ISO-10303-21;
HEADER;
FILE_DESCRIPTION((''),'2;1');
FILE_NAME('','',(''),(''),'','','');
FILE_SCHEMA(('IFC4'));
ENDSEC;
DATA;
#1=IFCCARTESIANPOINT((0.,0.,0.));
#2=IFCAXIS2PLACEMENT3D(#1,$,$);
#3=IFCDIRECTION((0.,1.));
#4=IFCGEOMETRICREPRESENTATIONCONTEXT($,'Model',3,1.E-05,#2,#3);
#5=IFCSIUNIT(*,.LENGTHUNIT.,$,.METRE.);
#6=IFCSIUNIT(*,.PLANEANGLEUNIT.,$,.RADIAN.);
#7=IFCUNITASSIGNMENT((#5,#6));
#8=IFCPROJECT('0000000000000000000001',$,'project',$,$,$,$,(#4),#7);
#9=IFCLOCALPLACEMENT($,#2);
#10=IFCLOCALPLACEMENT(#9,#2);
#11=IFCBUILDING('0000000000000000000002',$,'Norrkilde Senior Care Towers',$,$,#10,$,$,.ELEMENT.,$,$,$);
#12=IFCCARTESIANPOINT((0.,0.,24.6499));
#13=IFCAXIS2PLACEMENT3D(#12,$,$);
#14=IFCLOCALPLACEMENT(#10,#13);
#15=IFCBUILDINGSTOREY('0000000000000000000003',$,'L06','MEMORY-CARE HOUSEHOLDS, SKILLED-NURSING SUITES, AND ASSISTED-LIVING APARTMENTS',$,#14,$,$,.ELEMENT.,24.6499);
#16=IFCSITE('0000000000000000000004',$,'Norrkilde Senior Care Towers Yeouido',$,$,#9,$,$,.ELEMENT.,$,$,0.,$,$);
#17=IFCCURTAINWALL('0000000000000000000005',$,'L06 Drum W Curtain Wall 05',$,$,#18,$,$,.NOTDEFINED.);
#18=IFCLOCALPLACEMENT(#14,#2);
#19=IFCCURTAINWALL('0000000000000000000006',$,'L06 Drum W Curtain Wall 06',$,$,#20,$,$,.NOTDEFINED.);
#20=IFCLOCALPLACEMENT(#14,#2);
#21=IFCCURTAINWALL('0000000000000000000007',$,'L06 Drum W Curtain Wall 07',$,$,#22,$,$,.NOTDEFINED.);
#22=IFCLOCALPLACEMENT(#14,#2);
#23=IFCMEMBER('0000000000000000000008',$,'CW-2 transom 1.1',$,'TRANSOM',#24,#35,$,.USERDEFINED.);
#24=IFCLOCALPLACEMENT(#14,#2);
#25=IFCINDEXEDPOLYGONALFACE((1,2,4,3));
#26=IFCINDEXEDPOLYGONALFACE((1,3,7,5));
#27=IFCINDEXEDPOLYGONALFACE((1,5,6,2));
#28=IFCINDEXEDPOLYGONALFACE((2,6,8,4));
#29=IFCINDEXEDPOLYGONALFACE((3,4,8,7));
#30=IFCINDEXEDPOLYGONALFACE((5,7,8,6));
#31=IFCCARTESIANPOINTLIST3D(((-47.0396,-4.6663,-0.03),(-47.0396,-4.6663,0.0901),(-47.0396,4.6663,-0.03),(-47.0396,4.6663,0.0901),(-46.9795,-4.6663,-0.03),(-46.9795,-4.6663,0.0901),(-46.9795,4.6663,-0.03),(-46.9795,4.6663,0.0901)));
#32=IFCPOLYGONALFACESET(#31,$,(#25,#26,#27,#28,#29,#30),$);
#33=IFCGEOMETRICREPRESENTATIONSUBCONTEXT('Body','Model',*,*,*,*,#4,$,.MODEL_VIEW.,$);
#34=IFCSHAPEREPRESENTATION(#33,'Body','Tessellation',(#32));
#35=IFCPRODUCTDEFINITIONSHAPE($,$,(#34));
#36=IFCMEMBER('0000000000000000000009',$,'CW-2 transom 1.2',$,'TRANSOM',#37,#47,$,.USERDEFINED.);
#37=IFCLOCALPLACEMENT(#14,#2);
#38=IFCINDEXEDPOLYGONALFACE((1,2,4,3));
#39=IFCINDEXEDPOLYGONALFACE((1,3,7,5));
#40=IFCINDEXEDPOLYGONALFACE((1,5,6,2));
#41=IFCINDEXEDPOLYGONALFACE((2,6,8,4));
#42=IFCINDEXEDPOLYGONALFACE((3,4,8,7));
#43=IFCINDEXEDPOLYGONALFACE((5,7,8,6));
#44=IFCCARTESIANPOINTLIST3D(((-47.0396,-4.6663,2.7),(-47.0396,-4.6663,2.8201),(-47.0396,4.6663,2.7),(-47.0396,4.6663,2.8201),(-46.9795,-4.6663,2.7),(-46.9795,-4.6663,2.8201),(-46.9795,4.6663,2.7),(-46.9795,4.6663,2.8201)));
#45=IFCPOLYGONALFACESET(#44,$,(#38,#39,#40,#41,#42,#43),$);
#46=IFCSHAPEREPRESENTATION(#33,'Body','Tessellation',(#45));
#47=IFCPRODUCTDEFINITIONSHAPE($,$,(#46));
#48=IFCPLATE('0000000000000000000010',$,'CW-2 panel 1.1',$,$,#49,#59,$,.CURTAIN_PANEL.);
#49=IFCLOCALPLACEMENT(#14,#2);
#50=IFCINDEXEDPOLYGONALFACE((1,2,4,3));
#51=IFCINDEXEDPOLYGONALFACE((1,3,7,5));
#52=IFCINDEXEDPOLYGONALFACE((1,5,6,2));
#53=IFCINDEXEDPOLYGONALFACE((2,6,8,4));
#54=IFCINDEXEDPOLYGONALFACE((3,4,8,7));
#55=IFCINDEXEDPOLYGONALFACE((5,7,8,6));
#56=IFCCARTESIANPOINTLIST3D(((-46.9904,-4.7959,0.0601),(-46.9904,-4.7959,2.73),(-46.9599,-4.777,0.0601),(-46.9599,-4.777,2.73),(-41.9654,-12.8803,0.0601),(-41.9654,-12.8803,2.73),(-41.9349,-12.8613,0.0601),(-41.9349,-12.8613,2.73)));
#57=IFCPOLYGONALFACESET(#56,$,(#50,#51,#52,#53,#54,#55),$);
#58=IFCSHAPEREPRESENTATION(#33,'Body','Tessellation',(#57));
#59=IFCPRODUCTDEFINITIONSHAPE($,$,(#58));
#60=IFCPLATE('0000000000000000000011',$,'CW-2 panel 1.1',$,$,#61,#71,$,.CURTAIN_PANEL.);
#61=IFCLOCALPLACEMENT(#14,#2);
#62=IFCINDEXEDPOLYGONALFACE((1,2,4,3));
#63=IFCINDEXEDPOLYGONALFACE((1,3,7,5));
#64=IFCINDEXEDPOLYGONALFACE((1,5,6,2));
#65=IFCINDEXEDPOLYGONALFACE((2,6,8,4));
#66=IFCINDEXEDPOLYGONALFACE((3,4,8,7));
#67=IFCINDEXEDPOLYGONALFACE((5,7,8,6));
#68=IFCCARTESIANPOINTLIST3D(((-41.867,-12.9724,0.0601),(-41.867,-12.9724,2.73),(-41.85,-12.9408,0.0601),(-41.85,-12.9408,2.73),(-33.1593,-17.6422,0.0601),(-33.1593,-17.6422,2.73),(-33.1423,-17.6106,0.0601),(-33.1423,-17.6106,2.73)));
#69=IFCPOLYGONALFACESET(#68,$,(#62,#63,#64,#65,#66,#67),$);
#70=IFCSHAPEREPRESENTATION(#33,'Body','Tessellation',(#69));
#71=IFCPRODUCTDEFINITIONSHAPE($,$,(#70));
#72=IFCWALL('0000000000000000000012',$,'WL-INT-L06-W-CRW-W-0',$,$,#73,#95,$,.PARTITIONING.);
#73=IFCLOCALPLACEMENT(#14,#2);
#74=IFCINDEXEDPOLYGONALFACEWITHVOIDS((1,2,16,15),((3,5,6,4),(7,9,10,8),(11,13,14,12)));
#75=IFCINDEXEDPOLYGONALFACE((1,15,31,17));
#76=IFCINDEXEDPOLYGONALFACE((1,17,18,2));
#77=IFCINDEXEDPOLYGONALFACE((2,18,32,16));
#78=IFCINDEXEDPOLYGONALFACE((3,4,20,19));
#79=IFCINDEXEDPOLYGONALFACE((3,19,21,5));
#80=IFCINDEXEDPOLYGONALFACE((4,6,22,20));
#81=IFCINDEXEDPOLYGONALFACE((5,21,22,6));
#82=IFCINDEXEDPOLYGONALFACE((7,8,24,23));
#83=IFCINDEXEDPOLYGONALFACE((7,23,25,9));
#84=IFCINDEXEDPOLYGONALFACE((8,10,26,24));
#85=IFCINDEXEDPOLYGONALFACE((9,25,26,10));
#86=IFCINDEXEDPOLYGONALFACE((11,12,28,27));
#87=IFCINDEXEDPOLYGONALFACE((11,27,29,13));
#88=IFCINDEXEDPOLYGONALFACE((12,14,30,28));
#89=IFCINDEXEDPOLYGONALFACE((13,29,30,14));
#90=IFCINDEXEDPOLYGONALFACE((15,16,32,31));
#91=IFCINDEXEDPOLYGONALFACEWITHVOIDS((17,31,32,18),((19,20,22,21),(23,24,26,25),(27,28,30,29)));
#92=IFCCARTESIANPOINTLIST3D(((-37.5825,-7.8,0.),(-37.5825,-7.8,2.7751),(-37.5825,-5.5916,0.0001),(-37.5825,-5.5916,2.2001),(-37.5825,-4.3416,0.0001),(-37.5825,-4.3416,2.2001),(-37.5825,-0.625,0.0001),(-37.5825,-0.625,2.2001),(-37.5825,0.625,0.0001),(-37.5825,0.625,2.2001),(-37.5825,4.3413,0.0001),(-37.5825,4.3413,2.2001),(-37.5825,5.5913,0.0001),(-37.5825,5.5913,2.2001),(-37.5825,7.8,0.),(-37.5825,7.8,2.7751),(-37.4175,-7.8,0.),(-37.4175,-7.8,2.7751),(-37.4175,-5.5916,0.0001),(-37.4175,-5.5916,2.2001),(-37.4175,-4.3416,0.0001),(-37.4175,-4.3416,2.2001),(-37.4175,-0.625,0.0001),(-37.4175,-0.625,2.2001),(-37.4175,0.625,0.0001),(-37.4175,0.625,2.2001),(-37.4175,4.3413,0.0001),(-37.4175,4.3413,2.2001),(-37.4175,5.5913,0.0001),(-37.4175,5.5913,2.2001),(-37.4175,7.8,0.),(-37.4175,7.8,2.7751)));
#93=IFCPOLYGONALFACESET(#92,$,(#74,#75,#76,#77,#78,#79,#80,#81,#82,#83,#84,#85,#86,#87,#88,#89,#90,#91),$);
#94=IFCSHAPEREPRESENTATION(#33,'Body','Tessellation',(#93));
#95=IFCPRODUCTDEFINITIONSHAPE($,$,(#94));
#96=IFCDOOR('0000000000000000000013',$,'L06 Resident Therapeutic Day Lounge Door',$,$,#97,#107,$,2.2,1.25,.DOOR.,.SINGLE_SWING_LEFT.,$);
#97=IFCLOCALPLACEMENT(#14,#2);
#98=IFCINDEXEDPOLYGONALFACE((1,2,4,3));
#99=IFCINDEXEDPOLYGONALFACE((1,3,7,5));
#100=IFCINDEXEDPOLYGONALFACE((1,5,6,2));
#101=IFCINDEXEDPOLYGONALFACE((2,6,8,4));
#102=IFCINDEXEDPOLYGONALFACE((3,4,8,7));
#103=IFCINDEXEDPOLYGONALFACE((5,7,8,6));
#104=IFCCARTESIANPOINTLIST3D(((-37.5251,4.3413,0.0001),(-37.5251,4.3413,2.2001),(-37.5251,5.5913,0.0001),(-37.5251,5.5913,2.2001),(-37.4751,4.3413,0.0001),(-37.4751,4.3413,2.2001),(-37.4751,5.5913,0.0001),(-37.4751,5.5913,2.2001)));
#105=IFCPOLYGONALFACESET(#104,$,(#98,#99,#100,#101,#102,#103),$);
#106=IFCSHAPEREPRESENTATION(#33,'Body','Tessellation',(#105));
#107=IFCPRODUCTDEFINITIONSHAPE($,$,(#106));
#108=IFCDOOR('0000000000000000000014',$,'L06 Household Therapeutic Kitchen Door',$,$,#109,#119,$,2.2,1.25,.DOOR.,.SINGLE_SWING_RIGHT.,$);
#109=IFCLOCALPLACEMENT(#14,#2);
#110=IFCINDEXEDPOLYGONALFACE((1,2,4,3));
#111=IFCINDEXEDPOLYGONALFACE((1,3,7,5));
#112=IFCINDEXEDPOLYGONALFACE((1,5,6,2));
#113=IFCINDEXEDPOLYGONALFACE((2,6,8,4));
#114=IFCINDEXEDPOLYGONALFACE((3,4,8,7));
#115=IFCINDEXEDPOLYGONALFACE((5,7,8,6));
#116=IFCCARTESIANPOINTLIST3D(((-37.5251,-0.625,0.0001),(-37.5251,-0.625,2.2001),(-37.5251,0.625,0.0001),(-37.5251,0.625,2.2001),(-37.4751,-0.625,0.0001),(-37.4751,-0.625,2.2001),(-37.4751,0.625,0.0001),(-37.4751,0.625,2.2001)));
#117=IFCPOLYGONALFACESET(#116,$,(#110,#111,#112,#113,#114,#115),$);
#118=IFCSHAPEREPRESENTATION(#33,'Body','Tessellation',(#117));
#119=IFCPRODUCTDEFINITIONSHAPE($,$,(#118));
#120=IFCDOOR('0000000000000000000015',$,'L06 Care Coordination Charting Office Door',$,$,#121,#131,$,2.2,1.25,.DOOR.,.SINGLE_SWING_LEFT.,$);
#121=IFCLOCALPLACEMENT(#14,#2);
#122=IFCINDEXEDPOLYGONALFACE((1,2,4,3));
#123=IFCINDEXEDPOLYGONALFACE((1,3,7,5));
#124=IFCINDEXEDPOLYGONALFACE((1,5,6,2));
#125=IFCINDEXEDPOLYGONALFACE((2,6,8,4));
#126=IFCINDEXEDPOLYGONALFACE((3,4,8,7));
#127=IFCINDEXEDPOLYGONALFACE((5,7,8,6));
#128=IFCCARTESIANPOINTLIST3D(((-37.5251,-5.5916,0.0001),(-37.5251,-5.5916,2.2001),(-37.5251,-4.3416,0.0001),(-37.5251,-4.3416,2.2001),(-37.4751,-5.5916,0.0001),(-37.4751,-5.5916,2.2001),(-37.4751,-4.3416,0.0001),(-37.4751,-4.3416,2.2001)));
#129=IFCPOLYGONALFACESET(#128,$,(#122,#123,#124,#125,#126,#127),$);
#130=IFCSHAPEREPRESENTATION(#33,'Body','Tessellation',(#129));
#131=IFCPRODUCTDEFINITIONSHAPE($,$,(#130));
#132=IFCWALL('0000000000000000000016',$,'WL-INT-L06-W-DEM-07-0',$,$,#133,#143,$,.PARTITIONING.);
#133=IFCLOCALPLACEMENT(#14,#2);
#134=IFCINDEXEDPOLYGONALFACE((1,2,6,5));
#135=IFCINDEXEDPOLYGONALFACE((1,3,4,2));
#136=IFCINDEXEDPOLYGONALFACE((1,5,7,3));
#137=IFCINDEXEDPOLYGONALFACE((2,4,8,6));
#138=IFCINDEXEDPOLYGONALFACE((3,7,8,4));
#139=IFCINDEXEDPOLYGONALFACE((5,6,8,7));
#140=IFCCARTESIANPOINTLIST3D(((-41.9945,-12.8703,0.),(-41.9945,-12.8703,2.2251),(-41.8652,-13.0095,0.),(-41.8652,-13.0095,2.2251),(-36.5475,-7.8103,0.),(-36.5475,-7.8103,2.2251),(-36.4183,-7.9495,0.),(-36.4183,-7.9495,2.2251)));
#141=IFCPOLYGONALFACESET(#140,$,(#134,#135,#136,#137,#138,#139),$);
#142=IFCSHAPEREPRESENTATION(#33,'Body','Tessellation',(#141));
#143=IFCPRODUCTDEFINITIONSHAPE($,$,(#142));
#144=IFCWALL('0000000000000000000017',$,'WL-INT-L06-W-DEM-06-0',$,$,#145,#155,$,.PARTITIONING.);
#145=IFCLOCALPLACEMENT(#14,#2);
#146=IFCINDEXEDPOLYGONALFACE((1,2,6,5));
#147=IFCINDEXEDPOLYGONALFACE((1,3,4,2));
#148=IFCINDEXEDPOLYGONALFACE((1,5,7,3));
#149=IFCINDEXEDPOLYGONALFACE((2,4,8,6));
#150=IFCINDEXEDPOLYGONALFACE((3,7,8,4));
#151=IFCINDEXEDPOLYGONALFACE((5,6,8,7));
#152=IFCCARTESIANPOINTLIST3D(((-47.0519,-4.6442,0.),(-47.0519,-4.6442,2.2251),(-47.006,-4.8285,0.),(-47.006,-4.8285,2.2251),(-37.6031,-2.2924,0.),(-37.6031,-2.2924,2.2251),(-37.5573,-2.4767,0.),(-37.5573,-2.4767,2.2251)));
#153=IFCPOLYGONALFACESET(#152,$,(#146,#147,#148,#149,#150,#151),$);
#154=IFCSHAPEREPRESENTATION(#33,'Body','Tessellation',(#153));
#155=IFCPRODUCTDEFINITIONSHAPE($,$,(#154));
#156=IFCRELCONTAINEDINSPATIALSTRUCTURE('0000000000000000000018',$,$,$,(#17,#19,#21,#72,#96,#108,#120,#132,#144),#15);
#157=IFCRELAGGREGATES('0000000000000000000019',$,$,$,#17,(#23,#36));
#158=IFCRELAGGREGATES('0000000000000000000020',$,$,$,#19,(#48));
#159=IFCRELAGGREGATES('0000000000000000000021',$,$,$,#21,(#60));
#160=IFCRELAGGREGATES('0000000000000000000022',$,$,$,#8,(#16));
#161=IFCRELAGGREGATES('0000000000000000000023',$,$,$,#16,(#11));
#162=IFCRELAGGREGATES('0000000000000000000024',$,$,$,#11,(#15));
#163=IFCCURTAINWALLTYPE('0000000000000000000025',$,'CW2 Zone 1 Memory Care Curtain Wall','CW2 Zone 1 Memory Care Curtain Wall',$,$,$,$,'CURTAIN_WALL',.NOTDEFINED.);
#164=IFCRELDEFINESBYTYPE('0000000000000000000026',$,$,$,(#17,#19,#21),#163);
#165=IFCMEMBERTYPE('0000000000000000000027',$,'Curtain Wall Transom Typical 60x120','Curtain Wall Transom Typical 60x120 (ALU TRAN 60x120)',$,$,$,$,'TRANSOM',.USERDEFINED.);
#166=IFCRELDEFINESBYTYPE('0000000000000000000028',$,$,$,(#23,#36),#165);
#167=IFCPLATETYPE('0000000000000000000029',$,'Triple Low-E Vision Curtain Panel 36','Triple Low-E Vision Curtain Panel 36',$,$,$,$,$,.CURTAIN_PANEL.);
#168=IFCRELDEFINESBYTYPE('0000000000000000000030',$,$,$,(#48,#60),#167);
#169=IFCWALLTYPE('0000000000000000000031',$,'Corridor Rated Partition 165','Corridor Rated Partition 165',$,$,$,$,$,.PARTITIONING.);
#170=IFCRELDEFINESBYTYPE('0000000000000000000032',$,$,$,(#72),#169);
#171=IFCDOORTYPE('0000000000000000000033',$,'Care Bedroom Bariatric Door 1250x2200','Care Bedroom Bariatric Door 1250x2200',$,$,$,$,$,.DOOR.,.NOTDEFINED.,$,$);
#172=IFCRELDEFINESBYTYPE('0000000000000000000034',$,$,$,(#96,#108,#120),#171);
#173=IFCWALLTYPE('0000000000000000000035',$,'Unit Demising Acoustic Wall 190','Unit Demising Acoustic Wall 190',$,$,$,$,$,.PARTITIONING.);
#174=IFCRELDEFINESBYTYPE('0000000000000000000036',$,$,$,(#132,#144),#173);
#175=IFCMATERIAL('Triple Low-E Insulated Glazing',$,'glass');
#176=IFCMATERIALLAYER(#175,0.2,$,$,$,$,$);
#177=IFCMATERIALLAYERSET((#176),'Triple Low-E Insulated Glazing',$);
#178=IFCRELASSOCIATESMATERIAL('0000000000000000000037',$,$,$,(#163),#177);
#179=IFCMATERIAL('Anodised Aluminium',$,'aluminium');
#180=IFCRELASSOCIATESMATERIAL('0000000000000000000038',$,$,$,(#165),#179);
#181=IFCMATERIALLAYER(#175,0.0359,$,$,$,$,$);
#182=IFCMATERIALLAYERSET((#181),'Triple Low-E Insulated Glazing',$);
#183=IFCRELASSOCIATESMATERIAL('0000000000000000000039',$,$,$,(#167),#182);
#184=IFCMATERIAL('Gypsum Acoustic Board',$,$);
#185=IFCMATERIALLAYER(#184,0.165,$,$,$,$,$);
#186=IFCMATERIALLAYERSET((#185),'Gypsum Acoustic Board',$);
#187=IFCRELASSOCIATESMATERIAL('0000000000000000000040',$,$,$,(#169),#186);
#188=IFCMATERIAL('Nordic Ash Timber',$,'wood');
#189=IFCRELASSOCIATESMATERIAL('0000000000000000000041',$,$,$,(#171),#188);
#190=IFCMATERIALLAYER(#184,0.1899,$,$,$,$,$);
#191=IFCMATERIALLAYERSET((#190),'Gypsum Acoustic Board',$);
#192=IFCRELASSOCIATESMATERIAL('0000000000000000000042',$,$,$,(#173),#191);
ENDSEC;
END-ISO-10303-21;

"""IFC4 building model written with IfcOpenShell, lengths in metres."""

from ifc_helpers import new_model, si_unit, direction, frame, frame_2d, origin, origin_2d, place, context, subcontext, project, spatial, rectangle, extrude, source, transform, mapped, material, layer, layer_set, material_profile, profile_set, type_object, type_shapes, element, fill, aggregate, save


model = new_model("IFC4")

# Units and contexts
model_context = context("Model", 3, precision=1e-05, world=origin(), true_north=direction((0.0, 1.0)))
body_context = subcontext(model_context, "Body", "Model", "MODEL_VIEW")
ifc_project = project(units=[si_unit("LENGTHUNIT", "METRE"), si_unit("PLANEANGLEUNIT", "RADIAN")], contexts=[model_context])

# Site, building, storey
site_placement = place(None, origin())
site = spatial("IfcSite", under=ifc_project, at=site_placement, Name="Norrkilde Senior Care Towers Yeouido", CompositionType="ELEMENT", RefElevation=0.0)
building_placement = place(site_placement, origin())
building = spatial("IfcBuilding", under=site, at=building_placement, Name="Norrkilde Senior Care Towers", CompositionType="ELEMENT")
storey_placement = place(building_placement, frame((0.0, 0.0, 24.6499)))
storey = spatial("IfcBuildingStorey", under=building, at=storey_placement, Name="L06", Description="MEMORY-CARE HOUSEHOLDS, SKILLED-NURSING SUITES, AND ASSISTED-LIVING APARTMENTS", CompositionType="ELEMENT", Elevation=24.6499)

# Curtain wall
ifc_material_1 = material(Name="Triple Low-E Insulated Glazing", Category="glass")
ifc_layer_1 = layer(ifc_material_1, 0.2)
ifc_layer_set_1 = layer_set([ifc_layer_1], Name="Triple Low-E Insulated Glazing")
curtain_wall_type = type_object("IfcCurtainWallType", Name="CW2 Zone 1 Memory Care Curtain Wall", Description="CW2 Zone 1 Memory Care Curtain Wall", ElementType="CURTAIN_WALL", PredefinedType="NOTDEFINED", material=ifc_layer_set_1)
curtain_wall_1_placement = place(storey_placement, origin())
curtain_wall_1 = element("IfcCurtainWall", 1, at=curtain_wall_1_placement, inside=storey, type_object=curtain_wall_type, Name="L06 Drum W Curtain Wall 05", PredefinedType="NOTDEFINED")
ifc_material_2 = material(Name="Anodised Aluminium", Category="aluminium")

# Curtain wall
curtain_wall_2_placement = place(storey_placement, origin())
curtain_wall_2 = element("IfcCurtainWall", 2, at=curtain_wall_2_placement, inside=storey, type_object=curtain_wall_type, Name="L06 Drum W Curtain Wall 06", PredefinedType="NOTDEFINED")

# Curtain wall
curtain_wall_3_placement = place(storey_placement, origin())
curtain_wall_3 = element("IfcCurtainWall", 3, at=curtain_wall_3_placement, inside=storey, type_object=curtain_wall_type, Name="L06 Drum W Curtain Wall 07", PredefinedType="NOTDEFINED")

# Members
ifc_material_profile_1 = material_profile(ifc_material_2, rectangle(XDim=0.0601, YDim=0.1201, at=origin_2d()), Name="ALU TRAN 60x120")
ifc_profile_set_1 = profile_set([ifc_material_profile_1], Name="Anodised Aluminium")
member_type_1 = type_object("IfcMemberType", Name="Curtain Wall Transom Typical 60x120", Description="Curtain Wall Transom Typical 60x120 (ALU TRAN 60x120)", ElementType="TRANSOM", PredefinedType="USERDEFINED", material=ifc_profile_set_1)
shared_shape_1 = source(origin(), body_context, "Body", "SweptSolid", [
    extrude(rectangle(XDim=0.0601, YDim=0.1201, at=origin_2d()), origin(), (0.0, 0.0, 1.0), 9.3325),
])
member_1_placement = place(storey_placement, frame((-47.0095, -4.6663, 0.03), z_axis=(0.0, 1.0, 0.0), x_axis=(-1.0, 0.0, 0.0)))
member_1 = element("IfcMember", 4, at=member_1_placement, type_object=member_type_1, Name="CW-2 transom 1.1", ObjectType="TRANSOM", PredefinedType="USERDEFINED", context=body_context, shape_type="MappedRepresentation", body=[
    mapped(shared_shape_1, transform((0.0, 0.0, 0.0), x_axis=(1.0, 0.0, 0.0), y_axis=(0.0, 1.0, 0.0), z_axis=(0.0, 0.0, 1.0), scale=1.0)),
])
member_2_placement = place(storey_placement, frame((-47.0095, -4.6663, 2.76), z_axis=(0.0, 1.0, 0.0), x_axis=(-1.0, 0.0, 0.0)))
member_2 = element("IfcMember", 5, at=member_2_placement, type_object=member_type_1, Name="CW-2 transom 1.2", ObjectType="TRANSOM", PredefinedType="USERDEFINED", context=body_context, shape_type="MappedRepresentation", body=[
    mapped(shared_shape_1, transform((0.0, 0.0, 0.0), x_axis=(1.0, 0.0, 0.0), y_axis=(0.0, 1.0, 0.0), z_axis=(0.0, 0.0, 1.0), scale=1.0)),
])
aggregate(curtain_wall_1, [member_1, member_2])

# Plates
ifc_layer_2 = layer(ifc_material_1, 0.0359)
ifc_layer_set_2 = layer_set([ifc_layer_2], Name="Triple Low-E Insulated Glazing")
plate_type = type_object("IfcPlateType", Name="Triple Low-E Vision Curtain Panel 36", Description="Triple Low-E Vision Curtain Panel 36", PredefinedType="CURTAIN_PANEL", material=ifc_layer_set_2)
shared_shape_2 = source(origin(), body_context, "Body", "SweptSolid", [
    extrude(rectangle(XDim=9.5188, YDim=0.0359, at=origin_2d()), origin(), (0.0, 0.0, 1.0), 2.6699),
])
plate_1_placement = place(storey_placement, frame((-44.4626, -8.8286, 0.0601), z_axis=(0.0, 0.0, 1.0), x_axis=(-0.527901, 0.849306, 0.0)))
plate_1 = element("IfcPlate", 6, at=plate_1_placement, type_object=plate_type, Name="CW-2 panel 1.1", PredefinedType="CURTAIN_PANEL", context=body_context, shape_type="MappedRepresentation", body=[
    mapped(shared_shape_2, transform((0.0, 0.0, 0.0), x_axis=(1.0, 0.0, 0.0), y_axis=(0.0, 1.0, 0.0), z_axis=(0.0, 0.0, 1.0), scale=1.0)),
])
aggregate(curtain_wall_2, [plate_1])
shared_shape_3 = source(origin(), body_context, "Body", "SweptSolid", [
    extrude(rectangle(XDim=9.8809, YDim=0.0359, at=origin_2d()), origin(), (0.0, 0.0, 1.0), 2.6699),
])
type_shapes(plate_type, [shared_shape_2, shared_shape_3])
plate_2_placement = place(storey_placement, frame((-37.5046, -15.2915, 0.0601), z_axis=(0.0, 0.0, 1.0), x_axis=(-0.881273, 0.472608, 0.0)))
plate_2 = element("IfcPlate", 7, at=plate_2_placement, type_object=plate_type, Name="CW-2 panel 1.1", PredefinedType="CURTAIN_PANEL", context=body_context, shape_type="MappedRepresentation", body=[
    mapped(shared_shape_3, transform((0.0, 0.0, 0.0), x_axis=(1.0, 0.0, 0.0), y_axis=(0.0, 1.0, 0.0), z_axis=(0.0, 0.0, 1.0), scale=1.0)),
])
aggregate(curtain_wall_3, [plate_2])

# Wall, openings, doors
ifc_material_3 = material(Name="Gypsum Acoustic Board")
ifc_layer_3 = layer(ifc_material_3, 0.165)
ifc_layer_set_3 = layer_set([ifc_layer_3], Name="Gypsum Acoustic Board")
wall_type_1 = type_object("IfcWallType", Name="Corridor Rated Partition 165", Description="Corridor Rated Partition 165", PredefinedType="PARTITIONING", material=ifc_layer_set_3)
shared_shape_4 = source(origin(), body_context, "Body", "SweptSolid", [
    extrude(rectangle(XDim=15.6001, YDim=0.165, at=frame_2d((7.8, 0.0))), origin(), (0.0, 0.0, 1.0), 2.7751),
])
type_shapes(wall_type_1, [shared_shape_4])
wall_1_placement = place(storey_placement, frame((-37.5, -7.8, 0.0), z_axis=(0.0, 0.0, 1.0), x_axis=(0.0, 1.0, 0.0)))
wall_1 = element("IfcWall", 8, at=wall_1_placement, inside=storey, type_object=wall_type_1, Name="WL-INT-L06-W-CRW-W-0", PredefinedType="PARTITIONING", context=body_context, shape_type="MappedRepresentation", body=[
    mapped(shared_shape_4, transform((0.0, 0.0, 0.0), x_axis=(1.0, 0.0, 0.0), y_axis=(0.0, 1.0, 0.0), z_axis=(0.0, 0.0, 1.0), scale=1.0)),
])
opening_1_placement = place(wall_1_placement, frame((12.1414, 0.0, 0.0)))
opening_1 = element("IfcOpeningElement", 9, at=opening_1_placement, cuts=wall_1, PredefinedType="OPENING", context=body_context, shape_type="SweptSolid", body=[
    extrude(rectangle(XDim=1.25, YDim=2.2, at=frame_2d((0.625, 1.1001))), frame((0.0, 0.0925, 0.0), z_axis=(0.0, -1.0, 0.0), x_axis=(1.0, 0.0, 0.0)), (0.0, 0.0, 1.0), 0.1851),
])
opening_2_placement = place(wall_1_placement, frame((7.175, 0.0, 0.0)))
opening_2 = element("IfcOpeningElement", 10, at=opening_2_placement, cuts=wall_1, PredefinedType="OPENING", context=body_context, shape_type="SweptSolid", body=[
    extrude(rectangle(XDim=1.25, YDim=2.2, at=frame_2d((0.625, 1.1001))), frame((0.0, 0.0925, 0.0), z_axis=(0.0, -1.0, 0.0), x_axis=(1.0, 0.0, 0.0)), (0.0, 0.0, 1.0), 0.1851),
])
opening_3_placement = place(wall_1_placement, frame((2.2085, 0.0, 0.0)))
opening_3 = element("IfcOpeningElement", 11, at=opening_3_placement, cuts=wall_1, PredefinedType="OPENING", context=body_context, shape_type="SweptSolid", body=[
    extrude(rectangle(XDim=1.25, YDim=2.2, at=frame_2d((0.625, 1.1001))), frame((0.0, 0.0925, 0.0), z_axis=(0.0, -1.0, 0.0), x_axis=(1.0, 0.0, 0.0)), (0.0, 0.0, 1.0), 0.1851),
])
ifc_material_4 = material(Name="Nordic Ash Timber", Category="wood")
door_type = type_object("IfcDoorType", Name="Care Bedroom Bariatric Door 1250x2200", Description="Care Bedroom Bariatric Door 1250x2200", OperationType="NOTDEFINED", PredefinedType="DOOR", material=ifc_material_4)
shared_shape_5 = source(origin(), body_context, "Body", "SweptSolid", [
    extrude(rectangle(XDim=1.25, YDim=2.2, at=frame_2d((0.625, 1.1001))), frame((0.0, 0.0249, 0.0), z_axis=(0.0, -1.0, 0.0), x_axis=(1.0, 0.0, 0.0)), (0.0, 0.0, 1.0), 0.05),
])
type_shapes(door_type, [shared_shape_5])
door_1_placement = place(opening_1_placement, frame((1.25, 0.0, 0.0), z_axis=(0.0, 0.0, 1.0), x_axis=(-1.0, 0.0, 0.0)))
door_1 = element("IfcDoor", 12, at=door_1_placement, inside=storey, type_object=door_type, Name="L06 Resident Therapeutic Day Lounge Door", OperationType="SINGLE_SWING_LEFT", OverallHeight=2.2, OverallWidth=1.25, PredefinedType="DOOR", context=body_context, shape_type="MappedRepresentation", body=[
    mapped(shared_shape_5, transform((0.0, 0.0, 0.0), x_axis=(1.0, 0.0, 0.0), y_axis=(0.0, 1.0, 0.0), z_axis=(0.0, 0.0, 1.0), scale=1.0)),
])
fill(opening_1, door_1)
door_2_placement = place(opening_2_placement, frame((1.25, 0.0, 0.0), z_axis=(0.0, 0.0, 1.0), x_axis=(-1.0, 0.0, 0.0)))
door_2 = element("IfcDoor", 13, at=door_2_placement, inside=storey, type_object=door_type, Name="L06 Household Therapeutic Kitchen Door", OperationType="SINGLE_SWING_RIGHT", OverallHeight=2.2, OverallWidth=1.25, PredefinedType="DOOR", context=body_context, shape_type="MappedRepresentation", body=[
    mapped(shared_shape_5, transform((0.0, 0.0, 0.0), x_axis=(1.0, 0.0, 0.0), y_axis=(0.0, 1.0, 0.0), z_axis=(0.0, 0.0, 1.0), scale=1.0)),
])
fill(opening_2, door_2)
door_3_placement = place(opening_3_placement, frame((1.25, 0.0, 0.0), z_axis=(0.0, 0.0, 1.0), x_axis=(-1.0, 0.0, 0.0)))
door_3 = element("IfcDoor", 14, at=door_3_placement, inside=storey, type_object=door_type, Name="L06 Care Coordination Charting Office Door", OperationType="SINGLE_SWING_LEFT", OverallHeight=2.2, OverallWidth=1.25, PredefinedType="DOOR", context=body_context, shape_type="MappedRepresentation", body=[
    mapped(shared_shape_5, transform((0.0, 0.0, 0.0), x_axis=(1.0, 0.0, 0.0), y_axis=(0.0, 1.0, 0.0), z_axis=(0.0, 0.0, 1.0), scale=1.0)),
])
fill(opening_3, door_3)

# Walls
ifc_layer_4 = layer(ifc_material_3, 0.1899)
ifc_layer_set_4 = layer_set([ifc_layer_4], Name="Gypsum Acoustic Board")
wall_type_2 = type_object("IfcWallType", Name="Unit Demising Acoustic Wall 190", Description="Unit Demising Acoustic Wall 190", PredefinedType="PARTITIONING", material=ifc_layer_set_4)
shared_shape_6 = source(origin(), body_context, "Body", "SweptSolid", [
    extrude(rectangle(XDim=7.4346, YDim=0.1899, at=frame_2d((3.7173, 0.0))), origin(), (0.0, 0.0, 1.0), 2.2251),
])
wall_2_placement = place(storey_placement, frame((-36.4829, -7.8799, 0.0), z_axis=(0.0, 0.0, 1.0), x_axis=(-0.732652, -0.680603, 0.0)))
element("IfcWall", 15, at=wall_2_placement, inside=storey, type_object=wall_type_2, Name="WL-INT-L06-W-DEM-07-0", PredefinedType="PARTITIONING", context=body_context, shape_type="MappedRepresentation", body=[
    mapped(shared_shape_6, transform((0.0, 0.0, 0.0), x_axis=(1.0, 0.0, 0.0), y_axis=(0.0, 1.0, 0.0), z_axis=(0.0, 0.0, 1.0), scale=1.0)),
])
shared_shape_7 = source(origin(), body_context, "Body", "SweptSolid", [
    extrude(rectangle(XDim=9.7371, YDim=0.1899, at=frame_2d((4.8687, 0.0))), origin(), (0.0, 0.0, 1.0), 2.2251),
])
type_shapes(wall_type_2, [shared_shape_6, shared_shape_7])
wall_3_placement = place(storey_placement, frame((-37.5801, -2.3845, 0.0), z_axis=(0.0, 0.0, 1.0), x_axis=(-0.970393, -0.241533, 0.0)))
element("IfcWall", 16, at=wall_3_placement, inside=storey, type_object=wall_type_2, Name="WL-INT-L06-W-DEM-06-0", PredefinedType="PARTITIONING", context=body_context, shape_type="MappedRepresentation", body=[
    mapped(shared_shape_7, transform((0.0, 0.0, 0.0), x_axis=(1.0, 0.0, 0.0), y_axis=(0.0, 1.0, 0.0), z_axis=(0.0, 0.0, 1.0), scale=1.0)),
])

save(model, "model.ifc")
